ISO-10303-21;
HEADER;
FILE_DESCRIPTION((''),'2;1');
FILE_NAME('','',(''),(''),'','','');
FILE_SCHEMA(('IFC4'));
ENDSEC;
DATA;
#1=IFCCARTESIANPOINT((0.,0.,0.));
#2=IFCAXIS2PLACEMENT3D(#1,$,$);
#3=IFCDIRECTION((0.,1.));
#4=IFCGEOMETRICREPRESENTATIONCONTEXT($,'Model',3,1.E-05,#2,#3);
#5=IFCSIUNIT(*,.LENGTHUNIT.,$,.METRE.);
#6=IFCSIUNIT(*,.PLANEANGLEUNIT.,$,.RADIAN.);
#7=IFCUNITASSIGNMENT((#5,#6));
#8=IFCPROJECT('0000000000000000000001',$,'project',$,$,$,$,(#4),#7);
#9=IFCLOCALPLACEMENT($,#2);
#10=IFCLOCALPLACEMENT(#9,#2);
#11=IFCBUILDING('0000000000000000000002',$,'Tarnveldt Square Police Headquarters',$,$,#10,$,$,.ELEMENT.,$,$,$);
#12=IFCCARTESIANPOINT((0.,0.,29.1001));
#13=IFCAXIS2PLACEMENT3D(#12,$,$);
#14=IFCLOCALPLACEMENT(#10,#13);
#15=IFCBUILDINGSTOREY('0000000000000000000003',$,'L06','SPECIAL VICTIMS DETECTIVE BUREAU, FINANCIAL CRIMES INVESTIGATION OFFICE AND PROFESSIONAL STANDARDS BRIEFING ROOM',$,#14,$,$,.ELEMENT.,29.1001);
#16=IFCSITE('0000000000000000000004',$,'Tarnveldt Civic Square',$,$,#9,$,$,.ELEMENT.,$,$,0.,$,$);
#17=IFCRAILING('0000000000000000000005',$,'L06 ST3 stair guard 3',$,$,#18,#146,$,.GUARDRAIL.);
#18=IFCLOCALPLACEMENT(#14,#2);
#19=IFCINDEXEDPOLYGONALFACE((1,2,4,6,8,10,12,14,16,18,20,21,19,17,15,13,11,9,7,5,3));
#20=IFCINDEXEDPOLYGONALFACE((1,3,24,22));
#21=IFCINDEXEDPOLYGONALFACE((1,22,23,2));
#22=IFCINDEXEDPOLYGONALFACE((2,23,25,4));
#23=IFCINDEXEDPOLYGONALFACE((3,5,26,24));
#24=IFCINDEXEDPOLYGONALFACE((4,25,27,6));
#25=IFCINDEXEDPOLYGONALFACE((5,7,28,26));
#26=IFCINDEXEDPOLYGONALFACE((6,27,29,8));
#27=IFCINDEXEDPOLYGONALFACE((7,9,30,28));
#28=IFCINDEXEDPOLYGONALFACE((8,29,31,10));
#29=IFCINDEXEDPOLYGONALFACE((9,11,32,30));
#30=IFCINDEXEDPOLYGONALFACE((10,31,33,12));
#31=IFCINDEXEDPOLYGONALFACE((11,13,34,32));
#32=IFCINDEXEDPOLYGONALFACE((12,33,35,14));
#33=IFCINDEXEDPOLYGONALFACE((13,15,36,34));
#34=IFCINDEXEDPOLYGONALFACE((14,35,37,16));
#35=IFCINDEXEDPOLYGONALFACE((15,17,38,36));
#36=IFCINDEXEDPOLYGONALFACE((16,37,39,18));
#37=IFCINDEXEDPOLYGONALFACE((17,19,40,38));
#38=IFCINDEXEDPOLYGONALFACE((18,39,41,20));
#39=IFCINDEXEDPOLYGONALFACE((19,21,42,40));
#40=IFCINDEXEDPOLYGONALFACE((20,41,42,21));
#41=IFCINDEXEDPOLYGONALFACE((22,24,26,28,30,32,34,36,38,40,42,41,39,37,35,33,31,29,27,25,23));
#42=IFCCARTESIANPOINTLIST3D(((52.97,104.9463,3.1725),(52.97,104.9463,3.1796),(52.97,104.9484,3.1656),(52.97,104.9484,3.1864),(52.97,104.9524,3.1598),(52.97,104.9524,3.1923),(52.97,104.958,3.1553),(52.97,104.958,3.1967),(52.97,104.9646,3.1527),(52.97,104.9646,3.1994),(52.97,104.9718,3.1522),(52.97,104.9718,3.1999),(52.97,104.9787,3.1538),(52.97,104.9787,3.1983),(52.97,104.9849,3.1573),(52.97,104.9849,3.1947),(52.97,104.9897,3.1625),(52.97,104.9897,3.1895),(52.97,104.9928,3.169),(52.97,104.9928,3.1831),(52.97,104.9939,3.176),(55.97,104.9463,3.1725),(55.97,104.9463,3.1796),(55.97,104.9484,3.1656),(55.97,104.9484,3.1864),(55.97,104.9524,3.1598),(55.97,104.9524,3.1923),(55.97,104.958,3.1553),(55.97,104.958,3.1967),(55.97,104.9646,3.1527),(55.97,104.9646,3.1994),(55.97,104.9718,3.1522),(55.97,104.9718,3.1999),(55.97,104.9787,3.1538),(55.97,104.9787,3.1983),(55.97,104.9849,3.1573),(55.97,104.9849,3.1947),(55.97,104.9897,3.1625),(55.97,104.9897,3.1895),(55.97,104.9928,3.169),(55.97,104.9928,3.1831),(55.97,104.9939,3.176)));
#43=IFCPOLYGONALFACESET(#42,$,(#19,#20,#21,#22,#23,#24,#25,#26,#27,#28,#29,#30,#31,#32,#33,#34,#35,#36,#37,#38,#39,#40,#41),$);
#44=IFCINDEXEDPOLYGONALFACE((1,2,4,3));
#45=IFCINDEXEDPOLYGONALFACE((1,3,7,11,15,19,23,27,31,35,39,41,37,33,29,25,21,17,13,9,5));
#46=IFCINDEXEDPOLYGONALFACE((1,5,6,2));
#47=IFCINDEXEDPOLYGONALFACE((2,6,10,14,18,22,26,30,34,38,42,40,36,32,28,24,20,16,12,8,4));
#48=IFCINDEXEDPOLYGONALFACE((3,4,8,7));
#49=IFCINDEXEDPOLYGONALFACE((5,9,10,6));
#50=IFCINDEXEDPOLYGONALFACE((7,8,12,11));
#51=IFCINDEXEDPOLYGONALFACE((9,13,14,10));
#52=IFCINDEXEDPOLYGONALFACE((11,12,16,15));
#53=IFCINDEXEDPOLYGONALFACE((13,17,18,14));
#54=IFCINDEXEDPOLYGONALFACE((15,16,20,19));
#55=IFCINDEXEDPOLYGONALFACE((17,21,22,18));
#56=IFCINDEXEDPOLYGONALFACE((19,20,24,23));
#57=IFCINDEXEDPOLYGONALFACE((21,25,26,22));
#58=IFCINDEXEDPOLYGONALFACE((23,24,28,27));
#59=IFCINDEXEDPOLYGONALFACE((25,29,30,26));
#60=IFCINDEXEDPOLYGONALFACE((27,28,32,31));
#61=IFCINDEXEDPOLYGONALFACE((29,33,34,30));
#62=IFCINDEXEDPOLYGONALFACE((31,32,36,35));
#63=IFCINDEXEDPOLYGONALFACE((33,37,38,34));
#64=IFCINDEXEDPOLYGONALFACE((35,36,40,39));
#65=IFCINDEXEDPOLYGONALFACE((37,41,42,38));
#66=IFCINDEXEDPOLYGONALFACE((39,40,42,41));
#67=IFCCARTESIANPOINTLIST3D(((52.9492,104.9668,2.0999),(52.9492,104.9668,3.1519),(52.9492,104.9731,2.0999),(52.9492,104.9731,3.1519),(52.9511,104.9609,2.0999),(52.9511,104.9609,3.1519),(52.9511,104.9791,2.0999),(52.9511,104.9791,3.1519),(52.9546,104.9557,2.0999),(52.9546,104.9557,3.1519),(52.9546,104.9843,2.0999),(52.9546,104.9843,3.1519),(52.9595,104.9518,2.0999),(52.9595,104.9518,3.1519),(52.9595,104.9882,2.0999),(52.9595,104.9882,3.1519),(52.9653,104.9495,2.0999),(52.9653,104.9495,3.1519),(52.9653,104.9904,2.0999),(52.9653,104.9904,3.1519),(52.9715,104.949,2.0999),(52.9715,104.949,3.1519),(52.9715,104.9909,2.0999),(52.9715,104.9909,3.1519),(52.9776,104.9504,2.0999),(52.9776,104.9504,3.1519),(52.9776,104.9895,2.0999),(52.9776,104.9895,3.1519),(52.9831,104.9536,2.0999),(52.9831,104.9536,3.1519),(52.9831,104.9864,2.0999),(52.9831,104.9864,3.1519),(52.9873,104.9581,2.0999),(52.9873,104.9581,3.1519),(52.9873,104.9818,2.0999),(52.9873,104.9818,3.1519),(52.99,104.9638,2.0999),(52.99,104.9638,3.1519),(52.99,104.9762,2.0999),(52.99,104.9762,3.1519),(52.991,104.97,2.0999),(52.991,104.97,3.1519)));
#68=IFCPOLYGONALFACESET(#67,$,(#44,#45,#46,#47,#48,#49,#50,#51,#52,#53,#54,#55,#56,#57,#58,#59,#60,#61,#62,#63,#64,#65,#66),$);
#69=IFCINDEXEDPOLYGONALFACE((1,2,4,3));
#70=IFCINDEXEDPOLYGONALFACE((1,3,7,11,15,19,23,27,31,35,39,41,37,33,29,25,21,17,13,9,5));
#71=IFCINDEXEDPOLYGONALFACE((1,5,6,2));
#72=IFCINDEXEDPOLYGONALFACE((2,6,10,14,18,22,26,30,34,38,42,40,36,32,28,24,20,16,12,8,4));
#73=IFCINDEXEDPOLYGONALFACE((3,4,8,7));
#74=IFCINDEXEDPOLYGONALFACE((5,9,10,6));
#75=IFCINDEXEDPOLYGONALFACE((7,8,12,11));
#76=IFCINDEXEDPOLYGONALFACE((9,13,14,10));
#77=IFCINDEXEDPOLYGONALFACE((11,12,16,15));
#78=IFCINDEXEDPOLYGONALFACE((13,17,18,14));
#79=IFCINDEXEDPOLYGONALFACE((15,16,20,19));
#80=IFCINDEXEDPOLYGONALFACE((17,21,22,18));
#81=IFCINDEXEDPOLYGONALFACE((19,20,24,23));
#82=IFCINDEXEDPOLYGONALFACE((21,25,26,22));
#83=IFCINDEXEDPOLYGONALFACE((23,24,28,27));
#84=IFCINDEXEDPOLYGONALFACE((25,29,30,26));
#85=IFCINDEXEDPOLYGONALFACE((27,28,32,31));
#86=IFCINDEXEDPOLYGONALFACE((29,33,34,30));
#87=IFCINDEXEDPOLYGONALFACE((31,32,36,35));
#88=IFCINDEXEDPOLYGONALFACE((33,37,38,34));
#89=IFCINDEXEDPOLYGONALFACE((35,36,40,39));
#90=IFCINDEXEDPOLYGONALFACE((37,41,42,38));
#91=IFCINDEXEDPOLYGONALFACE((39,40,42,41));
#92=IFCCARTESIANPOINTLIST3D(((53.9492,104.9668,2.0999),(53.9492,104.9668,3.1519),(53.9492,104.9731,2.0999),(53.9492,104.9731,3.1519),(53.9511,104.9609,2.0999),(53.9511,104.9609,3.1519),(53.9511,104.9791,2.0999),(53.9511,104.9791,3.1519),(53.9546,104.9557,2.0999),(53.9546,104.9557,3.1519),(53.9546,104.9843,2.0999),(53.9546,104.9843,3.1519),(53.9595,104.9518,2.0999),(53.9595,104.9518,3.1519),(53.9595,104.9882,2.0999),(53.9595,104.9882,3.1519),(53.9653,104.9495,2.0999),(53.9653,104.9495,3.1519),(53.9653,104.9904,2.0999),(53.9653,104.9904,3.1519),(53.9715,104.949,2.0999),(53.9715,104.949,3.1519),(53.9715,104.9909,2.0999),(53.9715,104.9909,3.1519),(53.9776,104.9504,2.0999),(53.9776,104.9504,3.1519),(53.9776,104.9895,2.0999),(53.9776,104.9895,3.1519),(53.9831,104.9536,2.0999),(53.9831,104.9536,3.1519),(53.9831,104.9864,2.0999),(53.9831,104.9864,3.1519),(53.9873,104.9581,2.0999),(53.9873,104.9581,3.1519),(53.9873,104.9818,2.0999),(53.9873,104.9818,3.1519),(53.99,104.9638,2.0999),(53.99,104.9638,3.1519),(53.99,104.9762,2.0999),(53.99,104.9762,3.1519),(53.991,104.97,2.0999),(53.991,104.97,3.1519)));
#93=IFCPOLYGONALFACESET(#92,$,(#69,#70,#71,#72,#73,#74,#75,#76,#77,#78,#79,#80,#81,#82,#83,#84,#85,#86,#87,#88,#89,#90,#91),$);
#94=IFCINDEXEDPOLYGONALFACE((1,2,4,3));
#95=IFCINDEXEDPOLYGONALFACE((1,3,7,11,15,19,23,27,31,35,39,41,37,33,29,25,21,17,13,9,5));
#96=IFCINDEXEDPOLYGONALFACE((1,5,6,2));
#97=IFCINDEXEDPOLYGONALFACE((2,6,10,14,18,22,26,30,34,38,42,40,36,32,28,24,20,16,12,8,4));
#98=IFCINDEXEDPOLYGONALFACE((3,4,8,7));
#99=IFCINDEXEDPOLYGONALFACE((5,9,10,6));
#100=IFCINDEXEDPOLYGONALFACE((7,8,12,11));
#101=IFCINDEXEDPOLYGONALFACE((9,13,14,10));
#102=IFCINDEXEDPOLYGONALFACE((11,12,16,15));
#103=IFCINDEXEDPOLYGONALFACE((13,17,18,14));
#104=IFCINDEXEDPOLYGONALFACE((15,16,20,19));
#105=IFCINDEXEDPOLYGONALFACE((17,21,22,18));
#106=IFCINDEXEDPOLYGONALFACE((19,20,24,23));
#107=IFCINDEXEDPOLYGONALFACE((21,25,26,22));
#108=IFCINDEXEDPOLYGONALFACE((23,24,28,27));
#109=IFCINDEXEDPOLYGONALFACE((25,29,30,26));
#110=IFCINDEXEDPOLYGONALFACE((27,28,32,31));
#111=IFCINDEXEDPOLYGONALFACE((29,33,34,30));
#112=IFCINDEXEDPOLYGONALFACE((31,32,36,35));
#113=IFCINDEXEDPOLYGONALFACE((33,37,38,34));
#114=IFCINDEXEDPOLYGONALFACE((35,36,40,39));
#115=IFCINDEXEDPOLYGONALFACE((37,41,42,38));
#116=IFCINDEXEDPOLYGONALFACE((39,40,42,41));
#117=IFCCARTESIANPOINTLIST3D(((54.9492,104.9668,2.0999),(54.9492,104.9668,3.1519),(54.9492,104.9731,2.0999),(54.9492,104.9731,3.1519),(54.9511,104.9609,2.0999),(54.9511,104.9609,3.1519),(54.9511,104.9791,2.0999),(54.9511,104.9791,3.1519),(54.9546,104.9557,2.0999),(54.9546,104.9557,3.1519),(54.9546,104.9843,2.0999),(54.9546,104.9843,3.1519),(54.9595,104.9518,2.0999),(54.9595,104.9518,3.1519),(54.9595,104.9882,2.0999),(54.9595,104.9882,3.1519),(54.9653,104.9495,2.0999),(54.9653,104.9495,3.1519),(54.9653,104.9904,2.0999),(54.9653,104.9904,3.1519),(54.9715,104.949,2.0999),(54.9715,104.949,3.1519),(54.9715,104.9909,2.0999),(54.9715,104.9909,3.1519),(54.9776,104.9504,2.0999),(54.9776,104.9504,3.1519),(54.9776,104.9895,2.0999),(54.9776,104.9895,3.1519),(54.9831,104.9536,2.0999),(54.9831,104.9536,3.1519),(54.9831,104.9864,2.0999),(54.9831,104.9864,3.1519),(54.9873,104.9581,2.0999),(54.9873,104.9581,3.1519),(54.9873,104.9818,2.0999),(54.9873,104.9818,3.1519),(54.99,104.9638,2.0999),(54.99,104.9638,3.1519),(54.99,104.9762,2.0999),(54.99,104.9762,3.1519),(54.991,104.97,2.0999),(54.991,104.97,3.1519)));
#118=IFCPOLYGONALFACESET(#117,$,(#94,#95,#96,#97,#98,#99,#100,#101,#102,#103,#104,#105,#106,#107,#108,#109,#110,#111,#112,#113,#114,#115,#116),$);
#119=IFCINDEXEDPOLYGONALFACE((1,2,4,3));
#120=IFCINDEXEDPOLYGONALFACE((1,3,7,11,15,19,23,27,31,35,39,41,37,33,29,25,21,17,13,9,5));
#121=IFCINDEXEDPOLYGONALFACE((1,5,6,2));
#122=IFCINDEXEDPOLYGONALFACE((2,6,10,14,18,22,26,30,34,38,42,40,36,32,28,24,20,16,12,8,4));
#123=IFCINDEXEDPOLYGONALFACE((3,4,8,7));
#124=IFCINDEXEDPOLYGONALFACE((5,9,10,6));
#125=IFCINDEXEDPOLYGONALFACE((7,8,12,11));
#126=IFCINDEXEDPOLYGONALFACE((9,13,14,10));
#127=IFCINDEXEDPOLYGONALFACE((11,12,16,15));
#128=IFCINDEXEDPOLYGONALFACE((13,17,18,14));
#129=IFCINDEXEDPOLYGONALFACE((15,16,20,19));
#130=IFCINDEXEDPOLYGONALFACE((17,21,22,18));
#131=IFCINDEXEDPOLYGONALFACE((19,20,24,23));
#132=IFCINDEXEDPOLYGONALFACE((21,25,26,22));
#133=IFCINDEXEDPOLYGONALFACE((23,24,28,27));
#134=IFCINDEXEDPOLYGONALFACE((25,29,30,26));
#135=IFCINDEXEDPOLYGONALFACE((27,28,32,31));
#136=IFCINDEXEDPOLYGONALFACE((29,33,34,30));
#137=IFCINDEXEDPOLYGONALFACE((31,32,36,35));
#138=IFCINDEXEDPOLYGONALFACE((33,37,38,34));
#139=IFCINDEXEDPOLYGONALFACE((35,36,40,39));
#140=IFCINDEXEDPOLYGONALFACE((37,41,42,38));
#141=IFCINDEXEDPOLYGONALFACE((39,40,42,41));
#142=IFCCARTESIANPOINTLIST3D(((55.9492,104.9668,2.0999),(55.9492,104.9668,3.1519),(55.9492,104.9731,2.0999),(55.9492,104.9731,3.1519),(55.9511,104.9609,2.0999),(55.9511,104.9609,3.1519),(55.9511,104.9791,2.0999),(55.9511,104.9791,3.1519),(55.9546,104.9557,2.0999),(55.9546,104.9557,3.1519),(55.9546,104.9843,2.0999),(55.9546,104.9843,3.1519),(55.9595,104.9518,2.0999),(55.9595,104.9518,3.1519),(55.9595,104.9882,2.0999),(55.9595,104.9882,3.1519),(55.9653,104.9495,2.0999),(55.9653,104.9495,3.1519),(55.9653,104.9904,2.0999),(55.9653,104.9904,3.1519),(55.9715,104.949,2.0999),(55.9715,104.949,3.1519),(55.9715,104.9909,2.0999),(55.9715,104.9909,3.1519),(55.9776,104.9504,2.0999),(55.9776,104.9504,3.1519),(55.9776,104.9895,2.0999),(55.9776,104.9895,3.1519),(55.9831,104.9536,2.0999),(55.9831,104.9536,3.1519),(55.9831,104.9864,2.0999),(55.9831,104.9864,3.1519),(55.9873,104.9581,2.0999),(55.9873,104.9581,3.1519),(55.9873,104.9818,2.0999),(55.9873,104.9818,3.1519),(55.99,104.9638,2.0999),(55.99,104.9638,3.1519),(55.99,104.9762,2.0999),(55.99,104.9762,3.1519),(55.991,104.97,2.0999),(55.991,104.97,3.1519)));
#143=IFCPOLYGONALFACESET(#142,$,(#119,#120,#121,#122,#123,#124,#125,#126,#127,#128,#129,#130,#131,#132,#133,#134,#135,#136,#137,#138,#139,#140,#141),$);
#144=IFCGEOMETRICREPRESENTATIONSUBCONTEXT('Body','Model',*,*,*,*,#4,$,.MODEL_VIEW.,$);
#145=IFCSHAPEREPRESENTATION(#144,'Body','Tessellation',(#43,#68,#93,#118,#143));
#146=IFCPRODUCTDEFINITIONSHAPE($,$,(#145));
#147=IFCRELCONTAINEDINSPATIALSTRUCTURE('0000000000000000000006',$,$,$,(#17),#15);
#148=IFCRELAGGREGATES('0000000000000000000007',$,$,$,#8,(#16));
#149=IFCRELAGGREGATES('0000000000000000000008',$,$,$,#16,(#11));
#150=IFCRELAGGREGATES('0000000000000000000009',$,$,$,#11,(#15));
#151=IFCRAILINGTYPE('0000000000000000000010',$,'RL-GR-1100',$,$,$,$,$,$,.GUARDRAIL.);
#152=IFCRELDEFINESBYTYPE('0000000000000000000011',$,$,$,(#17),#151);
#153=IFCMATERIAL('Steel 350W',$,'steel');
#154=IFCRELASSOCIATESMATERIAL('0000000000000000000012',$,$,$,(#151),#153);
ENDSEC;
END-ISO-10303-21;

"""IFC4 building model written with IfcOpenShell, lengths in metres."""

from ifc_helpers import new_model, si_unit, direction, frame, origin, origin_2d, place, context, subcontext, project, spatial, circle, extrude, material, type_object, element, save


model = new_model("IFC4")

# Units and contexts
model_context = context("Model", 3, precision=1e-05, world=origin(), true_north=direction((0.0, 1.0)))
body_context = subcontext(model_context, "Body", "Model", "MODEL_VIEW")
ifc_project = project(units=[si_unit("LENGTHUNIT", "METRE"), si_unit("PLANEANGLEUNIT", "RADIAN")], contexts=[model_context])

# Site, building, storey
site_placement = place(None, origin())
site = spatial("IfcSite", under=ifc_project, at=site_placement, Name="Tarnveldt Civic Square", CompositionType="ELEMENT", RefElevation=0.0)
building_placement = place(site_placement, origin())
building = spatial("IfcBuilding", under=site, at=building_placement, Name="Tarnveldt Square Police Headquarters", CompositionType="ELEMENT")
storey_placement = place(building_placement, frame((0.0, 0.0, 29.1001)))
storey = spatial("IfcBuildingStorey", under=building, at=storey_placement, Name="L06", Description="SPECIAL VICTIMS DETECTIVE BUREAU, FINANCIAL CRIMES INVESTIGATION OFFICE AND PROFESSIONAL STANDARDS BRIEFING ROOM", CompositionType="ELEMENT", Elevation=29.1001)

# Shared definitions
ifc_material_1 = material(Name="Steel 350W", Category="steel")

# Railing
railing_type_1 = type_object("IfcRailingType", Name="RL-GR-1100", PredefinedType="GUARDRAIL", material=ifc_material_1)
railing_1_placement = place(storey_placement, frame((52.97, 104.97, 2.0999)))
element("IfcRailing", 1, at=railing_1_placement, inside=storey, type_object=railing_type_1, Name="L06 ST3 stair guard 3", PredefinedType="GUARDRAIL", context=body_context, shape_type="SweptSolid", body=[
    extrude(circle(Radius=0.0239, at=origin_2d()), frame((0.0, 0.0, 1.0762), z_axis=(1.0, 0.0, 0.0), x_axis=(0.0, 1.0, 0.0)), (0.0, 0.0, 1.0), 3.0),
    extrude(circle(Radius=0.021, at=origin_2d()), origin(), (0.0, 0.0, 1.0), 1.052),
    extrude(circle(Radius=0.021, at=origin_2d()), frame((1.0, 0.0, 0.0)), (0.0, 0.0, 1.0), 1.052),
    extrude(circle(Radius=0.021, at=origin_2d()), frame((2.0, 0.0, 0.0)), (0.0, 0.0, 1.0), 1.052),
    extrude(circle(Radius=0.021, at=origin_2d()), frame((3.0, 0.0, 0.0)), (0.0, 0.0, 1.0), 1.052),
])

save(model, "model.ifc")
